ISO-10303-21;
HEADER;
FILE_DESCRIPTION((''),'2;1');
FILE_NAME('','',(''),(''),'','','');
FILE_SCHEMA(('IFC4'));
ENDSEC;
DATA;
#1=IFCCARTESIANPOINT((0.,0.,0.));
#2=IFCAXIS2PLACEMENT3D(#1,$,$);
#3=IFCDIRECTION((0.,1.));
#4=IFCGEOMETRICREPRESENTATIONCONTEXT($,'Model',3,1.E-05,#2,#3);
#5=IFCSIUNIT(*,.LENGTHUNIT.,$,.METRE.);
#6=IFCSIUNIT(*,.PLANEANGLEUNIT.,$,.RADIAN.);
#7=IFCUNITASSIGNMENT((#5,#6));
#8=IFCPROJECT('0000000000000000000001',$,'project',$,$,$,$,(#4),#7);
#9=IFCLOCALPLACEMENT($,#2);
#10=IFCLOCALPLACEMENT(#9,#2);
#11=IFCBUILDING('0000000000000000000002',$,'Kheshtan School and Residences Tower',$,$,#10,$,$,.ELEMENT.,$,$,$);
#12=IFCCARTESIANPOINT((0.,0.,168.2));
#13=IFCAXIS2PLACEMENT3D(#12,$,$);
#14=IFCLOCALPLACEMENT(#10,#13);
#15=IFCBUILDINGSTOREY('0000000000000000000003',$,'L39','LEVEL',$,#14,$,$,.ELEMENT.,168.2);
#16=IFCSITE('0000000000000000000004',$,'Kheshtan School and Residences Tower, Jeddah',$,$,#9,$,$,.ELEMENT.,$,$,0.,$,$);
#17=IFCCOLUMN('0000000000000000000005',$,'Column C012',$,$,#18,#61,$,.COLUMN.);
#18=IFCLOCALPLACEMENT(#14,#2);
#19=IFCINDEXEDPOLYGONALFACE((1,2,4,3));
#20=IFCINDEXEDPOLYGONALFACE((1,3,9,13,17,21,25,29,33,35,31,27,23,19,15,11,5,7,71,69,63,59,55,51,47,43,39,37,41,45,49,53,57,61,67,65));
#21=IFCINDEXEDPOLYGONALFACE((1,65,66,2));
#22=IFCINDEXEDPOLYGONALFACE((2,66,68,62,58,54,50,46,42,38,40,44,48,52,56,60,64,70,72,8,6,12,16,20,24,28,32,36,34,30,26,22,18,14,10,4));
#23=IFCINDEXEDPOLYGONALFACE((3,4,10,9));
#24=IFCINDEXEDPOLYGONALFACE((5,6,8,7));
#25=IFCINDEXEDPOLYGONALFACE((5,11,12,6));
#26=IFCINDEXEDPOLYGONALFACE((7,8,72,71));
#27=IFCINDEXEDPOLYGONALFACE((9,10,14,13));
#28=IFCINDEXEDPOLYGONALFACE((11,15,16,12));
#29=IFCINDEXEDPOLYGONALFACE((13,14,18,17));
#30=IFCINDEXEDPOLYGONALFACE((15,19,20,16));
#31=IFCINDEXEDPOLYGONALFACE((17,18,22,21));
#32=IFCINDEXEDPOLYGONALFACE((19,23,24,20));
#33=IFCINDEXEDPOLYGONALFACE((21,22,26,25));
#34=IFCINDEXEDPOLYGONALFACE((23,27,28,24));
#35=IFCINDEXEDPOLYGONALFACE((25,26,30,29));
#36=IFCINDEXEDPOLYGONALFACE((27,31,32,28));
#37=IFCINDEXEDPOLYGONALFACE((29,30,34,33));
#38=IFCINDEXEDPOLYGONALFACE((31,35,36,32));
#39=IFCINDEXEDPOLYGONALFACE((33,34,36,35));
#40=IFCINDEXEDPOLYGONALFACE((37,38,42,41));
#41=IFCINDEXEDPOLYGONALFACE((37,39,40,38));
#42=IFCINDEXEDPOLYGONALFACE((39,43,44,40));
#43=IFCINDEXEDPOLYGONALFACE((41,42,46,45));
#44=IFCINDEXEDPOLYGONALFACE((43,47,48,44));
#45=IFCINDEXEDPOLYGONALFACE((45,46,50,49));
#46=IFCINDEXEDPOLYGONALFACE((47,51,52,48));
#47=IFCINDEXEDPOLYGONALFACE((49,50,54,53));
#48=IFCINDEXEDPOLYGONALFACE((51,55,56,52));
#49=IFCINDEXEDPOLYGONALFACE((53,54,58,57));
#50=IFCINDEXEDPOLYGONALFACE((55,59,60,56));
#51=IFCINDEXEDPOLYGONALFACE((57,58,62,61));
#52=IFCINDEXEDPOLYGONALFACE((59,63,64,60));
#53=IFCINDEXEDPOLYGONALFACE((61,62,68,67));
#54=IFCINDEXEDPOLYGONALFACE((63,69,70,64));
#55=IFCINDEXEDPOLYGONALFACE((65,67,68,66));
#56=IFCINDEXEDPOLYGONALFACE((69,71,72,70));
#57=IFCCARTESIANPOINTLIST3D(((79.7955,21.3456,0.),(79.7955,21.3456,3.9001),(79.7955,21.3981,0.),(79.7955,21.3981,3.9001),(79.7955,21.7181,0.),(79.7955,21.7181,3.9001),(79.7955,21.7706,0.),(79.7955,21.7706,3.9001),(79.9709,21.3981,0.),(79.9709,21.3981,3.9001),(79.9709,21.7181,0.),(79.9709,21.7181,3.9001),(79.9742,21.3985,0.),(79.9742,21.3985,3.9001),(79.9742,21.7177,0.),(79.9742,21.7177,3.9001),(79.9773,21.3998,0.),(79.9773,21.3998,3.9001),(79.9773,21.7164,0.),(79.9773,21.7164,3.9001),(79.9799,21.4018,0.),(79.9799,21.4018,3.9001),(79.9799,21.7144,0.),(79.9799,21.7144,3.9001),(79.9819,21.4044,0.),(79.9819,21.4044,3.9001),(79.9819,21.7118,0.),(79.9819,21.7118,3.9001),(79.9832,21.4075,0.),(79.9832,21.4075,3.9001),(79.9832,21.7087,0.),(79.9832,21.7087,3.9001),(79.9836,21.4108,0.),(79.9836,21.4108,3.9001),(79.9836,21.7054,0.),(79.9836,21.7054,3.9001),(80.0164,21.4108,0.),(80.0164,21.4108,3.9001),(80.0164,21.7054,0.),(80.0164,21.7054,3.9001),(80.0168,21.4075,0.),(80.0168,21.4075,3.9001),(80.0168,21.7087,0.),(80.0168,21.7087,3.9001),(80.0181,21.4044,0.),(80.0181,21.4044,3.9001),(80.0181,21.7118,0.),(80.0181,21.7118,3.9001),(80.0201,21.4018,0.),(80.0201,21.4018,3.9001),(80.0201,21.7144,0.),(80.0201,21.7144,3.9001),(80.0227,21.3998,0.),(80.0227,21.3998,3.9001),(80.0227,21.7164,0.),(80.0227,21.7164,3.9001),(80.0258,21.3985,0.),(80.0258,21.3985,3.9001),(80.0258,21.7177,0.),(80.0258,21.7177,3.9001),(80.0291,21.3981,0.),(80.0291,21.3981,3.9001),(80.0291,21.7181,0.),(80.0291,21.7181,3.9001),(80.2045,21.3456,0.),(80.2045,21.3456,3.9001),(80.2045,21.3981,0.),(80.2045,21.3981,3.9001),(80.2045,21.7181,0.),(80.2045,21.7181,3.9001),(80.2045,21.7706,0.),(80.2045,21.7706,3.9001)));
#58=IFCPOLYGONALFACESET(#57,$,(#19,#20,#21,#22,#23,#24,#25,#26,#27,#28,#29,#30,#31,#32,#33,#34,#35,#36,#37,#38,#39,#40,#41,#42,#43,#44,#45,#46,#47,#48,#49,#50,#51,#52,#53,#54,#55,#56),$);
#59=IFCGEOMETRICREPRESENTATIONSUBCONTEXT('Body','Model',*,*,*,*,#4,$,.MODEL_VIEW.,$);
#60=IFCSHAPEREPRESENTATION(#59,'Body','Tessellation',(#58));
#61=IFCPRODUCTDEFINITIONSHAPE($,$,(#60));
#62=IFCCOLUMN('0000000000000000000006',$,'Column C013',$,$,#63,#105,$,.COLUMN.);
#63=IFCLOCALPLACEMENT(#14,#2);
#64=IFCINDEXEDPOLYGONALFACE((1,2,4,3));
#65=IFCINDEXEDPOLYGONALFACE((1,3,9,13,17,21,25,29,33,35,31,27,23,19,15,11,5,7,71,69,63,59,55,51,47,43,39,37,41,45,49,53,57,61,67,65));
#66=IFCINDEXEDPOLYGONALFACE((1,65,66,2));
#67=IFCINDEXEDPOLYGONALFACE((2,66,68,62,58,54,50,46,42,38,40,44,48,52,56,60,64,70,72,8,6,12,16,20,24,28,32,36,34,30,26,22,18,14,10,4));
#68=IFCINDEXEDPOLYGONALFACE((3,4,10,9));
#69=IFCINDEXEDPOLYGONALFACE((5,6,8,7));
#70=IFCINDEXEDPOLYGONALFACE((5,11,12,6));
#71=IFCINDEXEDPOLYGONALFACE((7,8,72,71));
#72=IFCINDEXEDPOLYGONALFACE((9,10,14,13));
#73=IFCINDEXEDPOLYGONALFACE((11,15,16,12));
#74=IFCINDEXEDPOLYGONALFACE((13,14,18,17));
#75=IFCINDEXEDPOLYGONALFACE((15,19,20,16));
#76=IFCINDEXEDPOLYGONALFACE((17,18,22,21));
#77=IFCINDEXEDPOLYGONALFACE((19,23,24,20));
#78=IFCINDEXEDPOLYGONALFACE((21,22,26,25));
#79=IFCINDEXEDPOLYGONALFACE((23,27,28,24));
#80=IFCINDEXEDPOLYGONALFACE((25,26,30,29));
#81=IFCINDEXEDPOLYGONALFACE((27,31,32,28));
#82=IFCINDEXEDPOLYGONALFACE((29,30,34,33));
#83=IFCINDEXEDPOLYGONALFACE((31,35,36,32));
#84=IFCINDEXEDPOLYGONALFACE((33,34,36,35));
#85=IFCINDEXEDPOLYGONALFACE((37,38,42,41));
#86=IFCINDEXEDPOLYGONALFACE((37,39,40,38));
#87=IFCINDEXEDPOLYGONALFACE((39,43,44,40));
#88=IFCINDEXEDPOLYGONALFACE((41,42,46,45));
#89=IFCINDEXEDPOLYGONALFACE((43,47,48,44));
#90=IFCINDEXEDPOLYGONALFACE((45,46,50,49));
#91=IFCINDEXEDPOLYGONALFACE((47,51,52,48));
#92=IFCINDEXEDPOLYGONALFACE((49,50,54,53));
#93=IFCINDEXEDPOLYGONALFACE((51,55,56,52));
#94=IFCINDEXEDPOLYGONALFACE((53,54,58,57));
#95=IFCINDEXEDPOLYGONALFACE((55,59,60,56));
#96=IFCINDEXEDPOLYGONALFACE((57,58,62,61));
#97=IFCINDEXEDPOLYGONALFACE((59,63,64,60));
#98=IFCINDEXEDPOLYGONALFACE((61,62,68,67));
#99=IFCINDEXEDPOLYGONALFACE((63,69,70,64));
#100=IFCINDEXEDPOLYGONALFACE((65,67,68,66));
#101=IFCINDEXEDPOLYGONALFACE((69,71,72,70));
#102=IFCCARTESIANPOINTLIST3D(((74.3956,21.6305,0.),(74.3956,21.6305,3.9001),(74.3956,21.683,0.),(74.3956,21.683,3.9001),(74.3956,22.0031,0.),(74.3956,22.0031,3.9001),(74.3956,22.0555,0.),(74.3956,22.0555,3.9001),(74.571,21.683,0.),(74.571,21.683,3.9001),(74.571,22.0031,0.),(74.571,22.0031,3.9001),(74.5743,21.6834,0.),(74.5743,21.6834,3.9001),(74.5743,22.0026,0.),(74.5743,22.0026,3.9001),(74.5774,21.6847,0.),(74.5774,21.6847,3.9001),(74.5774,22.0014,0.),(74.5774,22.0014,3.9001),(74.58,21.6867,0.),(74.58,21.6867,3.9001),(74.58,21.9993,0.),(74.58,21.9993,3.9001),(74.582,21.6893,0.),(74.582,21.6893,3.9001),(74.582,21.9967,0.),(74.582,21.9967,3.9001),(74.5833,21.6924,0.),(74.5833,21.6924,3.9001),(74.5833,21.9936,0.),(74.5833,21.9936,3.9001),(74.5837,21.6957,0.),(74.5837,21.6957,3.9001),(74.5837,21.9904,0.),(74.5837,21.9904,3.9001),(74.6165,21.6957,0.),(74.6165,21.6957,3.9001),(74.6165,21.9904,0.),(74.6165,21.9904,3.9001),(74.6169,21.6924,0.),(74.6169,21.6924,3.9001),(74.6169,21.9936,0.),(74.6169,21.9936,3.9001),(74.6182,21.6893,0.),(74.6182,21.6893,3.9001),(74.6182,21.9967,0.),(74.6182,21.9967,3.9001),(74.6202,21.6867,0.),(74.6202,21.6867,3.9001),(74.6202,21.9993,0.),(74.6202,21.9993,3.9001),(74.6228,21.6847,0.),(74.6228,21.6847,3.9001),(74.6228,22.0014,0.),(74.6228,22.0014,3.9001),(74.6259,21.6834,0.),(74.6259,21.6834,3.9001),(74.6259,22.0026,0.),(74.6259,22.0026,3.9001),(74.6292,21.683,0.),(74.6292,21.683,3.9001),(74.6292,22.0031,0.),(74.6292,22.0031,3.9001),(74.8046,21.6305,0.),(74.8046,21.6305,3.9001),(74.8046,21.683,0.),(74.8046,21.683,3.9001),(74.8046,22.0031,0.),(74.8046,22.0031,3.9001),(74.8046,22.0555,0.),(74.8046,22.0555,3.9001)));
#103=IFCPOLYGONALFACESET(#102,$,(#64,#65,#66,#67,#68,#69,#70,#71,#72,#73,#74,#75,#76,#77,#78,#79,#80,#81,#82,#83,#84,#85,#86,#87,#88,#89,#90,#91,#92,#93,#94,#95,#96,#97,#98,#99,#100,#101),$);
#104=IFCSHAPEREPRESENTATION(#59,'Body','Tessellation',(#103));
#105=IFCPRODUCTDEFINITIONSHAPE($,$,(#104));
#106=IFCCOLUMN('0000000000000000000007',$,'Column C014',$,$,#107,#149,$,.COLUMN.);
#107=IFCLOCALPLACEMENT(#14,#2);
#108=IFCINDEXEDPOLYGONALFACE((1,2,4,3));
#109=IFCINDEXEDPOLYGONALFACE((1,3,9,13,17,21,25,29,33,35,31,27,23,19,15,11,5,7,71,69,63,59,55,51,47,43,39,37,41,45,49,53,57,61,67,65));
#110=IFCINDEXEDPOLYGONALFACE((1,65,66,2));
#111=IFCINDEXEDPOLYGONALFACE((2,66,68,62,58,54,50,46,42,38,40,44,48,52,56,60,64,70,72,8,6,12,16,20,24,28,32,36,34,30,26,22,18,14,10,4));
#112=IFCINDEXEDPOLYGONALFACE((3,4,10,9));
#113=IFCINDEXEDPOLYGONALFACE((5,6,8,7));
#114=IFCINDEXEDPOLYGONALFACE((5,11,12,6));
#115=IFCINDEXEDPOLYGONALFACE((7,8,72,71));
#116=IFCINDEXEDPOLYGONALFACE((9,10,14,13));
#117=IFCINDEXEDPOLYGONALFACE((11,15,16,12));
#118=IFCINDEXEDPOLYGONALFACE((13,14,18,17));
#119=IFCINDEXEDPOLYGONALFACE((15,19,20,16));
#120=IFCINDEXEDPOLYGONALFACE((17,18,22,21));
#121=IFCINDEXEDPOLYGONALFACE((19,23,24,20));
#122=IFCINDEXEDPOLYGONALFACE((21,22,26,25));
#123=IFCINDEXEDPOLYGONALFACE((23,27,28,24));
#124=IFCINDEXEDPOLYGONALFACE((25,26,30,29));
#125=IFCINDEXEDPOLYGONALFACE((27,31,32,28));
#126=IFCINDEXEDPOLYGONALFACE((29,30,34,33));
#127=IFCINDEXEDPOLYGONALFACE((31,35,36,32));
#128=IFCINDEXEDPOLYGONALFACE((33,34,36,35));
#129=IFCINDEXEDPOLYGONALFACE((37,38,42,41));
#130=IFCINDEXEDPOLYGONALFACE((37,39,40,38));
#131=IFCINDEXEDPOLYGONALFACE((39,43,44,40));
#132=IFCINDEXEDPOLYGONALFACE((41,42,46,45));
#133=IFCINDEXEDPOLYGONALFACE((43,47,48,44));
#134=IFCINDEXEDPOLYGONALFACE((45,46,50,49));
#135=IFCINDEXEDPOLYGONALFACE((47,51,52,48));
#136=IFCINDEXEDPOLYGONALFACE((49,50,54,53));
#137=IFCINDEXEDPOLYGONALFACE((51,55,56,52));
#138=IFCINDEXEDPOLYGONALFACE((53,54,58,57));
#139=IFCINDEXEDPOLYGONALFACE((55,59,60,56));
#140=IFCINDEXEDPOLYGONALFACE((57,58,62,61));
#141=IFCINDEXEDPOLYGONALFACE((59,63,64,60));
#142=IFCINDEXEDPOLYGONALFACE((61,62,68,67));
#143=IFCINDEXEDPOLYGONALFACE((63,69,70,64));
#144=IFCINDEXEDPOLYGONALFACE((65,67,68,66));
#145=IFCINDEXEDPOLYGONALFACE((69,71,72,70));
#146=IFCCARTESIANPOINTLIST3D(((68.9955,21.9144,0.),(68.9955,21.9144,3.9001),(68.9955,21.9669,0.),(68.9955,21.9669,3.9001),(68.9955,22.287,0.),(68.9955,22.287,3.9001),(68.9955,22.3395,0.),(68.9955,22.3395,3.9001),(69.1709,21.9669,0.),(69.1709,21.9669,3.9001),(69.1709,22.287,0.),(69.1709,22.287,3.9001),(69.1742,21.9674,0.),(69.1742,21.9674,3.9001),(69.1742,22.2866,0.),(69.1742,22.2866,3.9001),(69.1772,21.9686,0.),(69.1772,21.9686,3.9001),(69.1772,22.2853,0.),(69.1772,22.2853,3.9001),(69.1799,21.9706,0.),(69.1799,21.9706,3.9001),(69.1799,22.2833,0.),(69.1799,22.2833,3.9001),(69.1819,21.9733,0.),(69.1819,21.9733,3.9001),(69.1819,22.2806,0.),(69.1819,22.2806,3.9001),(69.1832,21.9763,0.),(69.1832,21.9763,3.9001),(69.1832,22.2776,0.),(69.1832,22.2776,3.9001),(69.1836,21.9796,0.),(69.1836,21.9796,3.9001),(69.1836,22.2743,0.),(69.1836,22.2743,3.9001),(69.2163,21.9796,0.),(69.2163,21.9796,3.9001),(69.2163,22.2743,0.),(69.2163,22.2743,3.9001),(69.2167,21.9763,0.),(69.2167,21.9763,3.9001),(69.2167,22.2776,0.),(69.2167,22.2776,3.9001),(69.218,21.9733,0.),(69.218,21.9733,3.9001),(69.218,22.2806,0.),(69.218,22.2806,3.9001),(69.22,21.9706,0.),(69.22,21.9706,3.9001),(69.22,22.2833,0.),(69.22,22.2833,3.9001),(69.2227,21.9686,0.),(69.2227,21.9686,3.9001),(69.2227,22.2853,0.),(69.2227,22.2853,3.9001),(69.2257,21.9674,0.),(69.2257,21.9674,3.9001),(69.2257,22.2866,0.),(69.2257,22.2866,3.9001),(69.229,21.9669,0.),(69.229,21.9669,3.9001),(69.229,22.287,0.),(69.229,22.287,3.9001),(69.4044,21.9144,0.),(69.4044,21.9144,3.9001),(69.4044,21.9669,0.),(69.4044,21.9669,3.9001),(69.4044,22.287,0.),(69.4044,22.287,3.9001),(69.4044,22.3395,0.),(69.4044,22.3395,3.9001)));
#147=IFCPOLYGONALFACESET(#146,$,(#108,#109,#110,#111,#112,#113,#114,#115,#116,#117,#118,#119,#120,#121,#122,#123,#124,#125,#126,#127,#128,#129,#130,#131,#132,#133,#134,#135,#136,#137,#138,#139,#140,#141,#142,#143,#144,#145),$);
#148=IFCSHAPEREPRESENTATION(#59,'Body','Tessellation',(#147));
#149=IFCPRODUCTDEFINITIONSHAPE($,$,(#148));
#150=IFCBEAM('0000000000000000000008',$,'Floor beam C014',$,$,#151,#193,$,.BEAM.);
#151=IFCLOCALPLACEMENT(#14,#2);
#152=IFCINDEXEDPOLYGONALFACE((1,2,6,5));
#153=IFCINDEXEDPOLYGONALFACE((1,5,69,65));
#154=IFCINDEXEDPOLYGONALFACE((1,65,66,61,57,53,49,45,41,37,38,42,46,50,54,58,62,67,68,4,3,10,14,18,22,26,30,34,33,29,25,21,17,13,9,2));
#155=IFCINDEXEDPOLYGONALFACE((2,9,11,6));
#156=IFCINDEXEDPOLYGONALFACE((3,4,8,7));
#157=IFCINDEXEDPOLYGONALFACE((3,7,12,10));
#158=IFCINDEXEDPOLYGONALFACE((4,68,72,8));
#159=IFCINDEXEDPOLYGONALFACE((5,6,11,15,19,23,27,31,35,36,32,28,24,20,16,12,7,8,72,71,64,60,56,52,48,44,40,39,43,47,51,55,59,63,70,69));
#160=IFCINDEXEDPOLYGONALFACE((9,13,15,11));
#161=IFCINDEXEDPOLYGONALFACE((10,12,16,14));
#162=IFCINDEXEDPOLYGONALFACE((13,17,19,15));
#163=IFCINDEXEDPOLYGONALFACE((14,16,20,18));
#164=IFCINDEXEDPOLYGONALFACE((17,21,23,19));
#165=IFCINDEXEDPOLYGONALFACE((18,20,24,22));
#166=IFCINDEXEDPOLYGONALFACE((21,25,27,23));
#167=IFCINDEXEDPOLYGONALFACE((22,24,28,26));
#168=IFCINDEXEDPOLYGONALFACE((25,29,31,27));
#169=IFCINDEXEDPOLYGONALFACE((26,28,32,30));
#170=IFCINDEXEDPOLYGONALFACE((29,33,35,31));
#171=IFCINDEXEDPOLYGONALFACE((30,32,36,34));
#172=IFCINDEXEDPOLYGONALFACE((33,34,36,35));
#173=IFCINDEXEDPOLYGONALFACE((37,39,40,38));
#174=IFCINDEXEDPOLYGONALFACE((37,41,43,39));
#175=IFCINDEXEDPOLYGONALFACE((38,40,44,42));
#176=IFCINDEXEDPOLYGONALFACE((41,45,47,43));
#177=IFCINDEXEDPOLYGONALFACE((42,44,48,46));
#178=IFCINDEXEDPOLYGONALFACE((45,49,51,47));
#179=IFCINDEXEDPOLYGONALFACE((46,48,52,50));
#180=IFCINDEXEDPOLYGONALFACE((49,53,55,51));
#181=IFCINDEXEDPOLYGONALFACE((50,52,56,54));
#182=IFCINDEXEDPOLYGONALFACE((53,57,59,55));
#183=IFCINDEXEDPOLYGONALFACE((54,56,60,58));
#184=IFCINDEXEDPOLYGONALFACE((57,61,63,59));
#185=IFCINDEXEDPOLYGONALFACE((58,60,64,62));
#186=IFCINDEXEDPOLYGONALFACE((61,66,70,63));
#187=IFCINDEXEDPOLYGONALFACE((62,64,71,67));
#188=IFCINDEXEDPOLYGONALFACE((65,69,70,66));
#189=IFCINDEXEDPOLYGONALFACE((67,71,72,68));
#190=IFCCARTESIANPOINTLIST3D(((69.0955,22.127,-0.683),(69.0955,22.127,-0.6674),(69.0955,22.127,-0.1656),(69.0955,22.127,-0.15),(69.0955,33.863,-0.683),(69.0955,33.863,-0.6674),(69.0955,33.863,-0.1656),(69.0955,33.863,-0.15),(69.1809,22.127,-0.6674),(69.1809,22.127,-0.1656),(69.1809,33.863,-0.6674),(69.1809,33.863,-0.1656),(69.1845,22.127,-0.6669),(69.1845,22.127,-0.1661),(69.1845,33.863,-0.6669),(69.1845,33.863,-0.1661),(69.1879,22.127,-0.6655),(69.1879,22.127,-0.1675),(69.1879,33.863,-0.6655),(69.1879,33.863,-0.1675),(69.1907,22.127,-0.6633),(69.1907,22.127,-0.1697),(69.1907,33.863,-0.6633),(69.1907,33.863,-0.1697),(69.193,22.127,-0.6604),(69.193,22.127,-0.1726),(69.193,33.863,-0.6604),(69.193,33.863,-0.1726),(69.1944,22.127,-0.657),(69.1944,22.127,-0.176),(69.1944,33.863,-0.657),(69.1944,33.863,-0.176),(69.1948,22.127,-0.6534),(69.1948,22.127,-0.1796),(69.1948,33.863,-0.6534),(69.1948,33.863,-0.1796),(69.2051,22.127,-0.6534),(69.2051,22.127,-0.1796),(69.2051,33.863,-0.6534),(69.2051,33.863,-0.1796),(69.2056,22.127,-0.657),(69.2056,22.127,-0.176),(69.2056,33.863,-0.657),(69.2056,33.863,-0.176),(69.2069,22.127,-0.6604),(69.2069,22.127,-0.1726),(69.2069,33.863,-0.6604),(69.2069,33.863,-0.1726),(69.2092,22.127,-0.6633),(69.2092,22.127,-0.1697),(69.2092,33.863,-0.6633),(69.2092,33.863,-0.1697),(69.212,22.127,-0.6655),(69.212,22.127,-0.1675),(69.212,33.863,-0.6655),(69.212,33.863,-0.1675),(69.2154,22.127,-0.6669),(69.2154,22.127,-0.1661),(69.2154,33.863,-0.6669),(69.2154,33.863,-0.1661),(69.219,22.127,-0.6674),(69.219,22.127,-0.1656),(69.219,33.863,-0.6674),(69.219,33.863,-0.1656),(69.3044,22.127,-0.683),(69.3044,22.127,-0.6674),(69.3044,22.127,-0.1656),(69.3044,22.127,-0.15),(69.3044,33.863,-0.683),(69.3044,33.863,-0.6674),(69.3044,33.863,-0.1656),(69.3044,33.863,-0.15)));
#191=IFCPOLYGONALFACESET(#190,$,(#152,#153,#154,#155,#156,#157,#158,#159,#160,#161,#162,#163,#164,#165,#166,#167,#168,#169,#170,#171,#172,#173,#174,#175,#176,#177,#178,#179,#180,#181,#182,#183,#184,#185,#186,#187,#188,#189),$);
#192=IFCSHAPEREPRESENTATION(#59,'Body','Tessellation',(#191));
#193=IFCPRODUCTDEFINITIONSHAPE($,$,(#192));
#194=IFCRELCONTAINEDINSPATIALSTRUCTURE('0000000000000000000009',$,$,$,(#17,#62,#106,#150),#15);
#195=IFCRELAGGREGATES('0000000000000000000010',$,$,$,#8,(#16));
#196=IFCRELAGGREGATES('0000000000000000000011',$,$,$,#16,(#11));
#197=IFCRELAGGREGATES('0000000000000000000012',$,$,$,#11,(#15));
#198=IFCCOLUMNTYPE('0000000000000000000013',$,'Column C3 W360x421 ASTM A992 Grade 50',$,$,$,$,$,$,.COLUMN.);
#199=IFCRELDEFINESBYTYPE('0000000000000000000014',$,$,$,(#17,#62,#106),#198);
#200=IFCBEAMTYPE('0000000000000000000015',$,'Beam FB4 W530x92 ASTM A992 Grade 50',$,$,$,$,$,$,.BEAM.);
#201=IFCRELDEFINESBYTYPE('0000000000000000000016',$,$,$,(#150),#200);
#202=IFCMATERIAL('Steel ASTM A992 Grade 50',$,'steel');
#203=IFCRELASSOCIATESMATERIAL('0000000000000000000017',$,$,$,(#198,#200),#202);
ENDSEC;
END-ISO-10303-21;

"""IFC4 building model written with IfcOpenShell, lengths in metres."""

from ifc_helpers import new_model, si_unit, direction, frame, origin, origin_2d, place, context, subcontext, project, spatial, i_section, extrude, material, material_profile, profile_set, type_object, element, save


model = new_model("IFC4")

# Units and contexts
model_context = context("Model", 3, precision=1e-05, world=origin(), true_north=direction((0.0, 1.0)))
body_context = subcontext(model_context, "Body", "Model", "MODEL_VIEW")
ifc_project = project(units=[si_unit("LENGTHUNIT", "METRE"), si_unit("PLANEANGLEUNIT", "RADIAN")], contexts=[model_context])

# Site, building, storey
site_placement = place(None, origin())
site = spatial("IfcSite", under=ifc_project, at=site_placement, Name="Kheshtan School and Residences Tower, Jeddah", CompositionType="ELEMENT", RefElevation=0.0)
building_placement = place(site_placement, origin())
building = spatial("IfcBuilding", under=site, at=building_placement, Name="Kheshtan School and Residences Tower", CompositionType="ELEMENT")
storey_placement = place(building_placement, frame((0.0, 0.0, 168.2)))
storey = spatial("IfcBuildingStorey", under=building, at=storey_placement, Name="L39", Description="LEVEL", CompositionType="ELEMENT", Elevation=168.2)

# Columns
ifc_material_1 = material(Name="Steel ASTM A992 Grade 50", Category="steel")
ifc_material_profile_1 = material_profile(ifc_material_1, i_section(OverallWidth=0.4089, OverallDepth=0.425, WebThickness=0.0327, FlangeThickness=0.0525, FilletRadius=0.0127, at=origin_2d()), Name="W360x421")
ifc_profile_set_1 = profile_set([ifc_material_profile_1], Name="Steel ASTM A992 Grade 50")
column_type = type_object("IfcColumnType", Name="Column C3 W360x421 ASTM A992 Grade 50", PredefinedType="COLUMN", material=ifc_profile_set_1)
for number, where, z_axis, x_axis, name in (
    (1, (80.0, 21.5581, 0.0), (0.0, 0.0, 1.0), (1.0, 0.0, 0.0), "Column C012"),
    (2, (74.6001, 21.843, 0.0), (0.0, 0.0, 1.0), (1.0, 0.0, 0.0), "Column C013"),
    (3, (69.2, 22.127, 0.0), (0.0, 0.0, 1.0), (1.0, 0.0, 0.0), "Column C014"),
):
    element("IfcColumn", number, at=place(storey_placement, frame(where, z_axis=z_axis, x_axis=x_axis)), inside=storey, type_object=column_type, Name=name, PredefinedType="COLUMN", context=body_context, shape_type="SweptSolid", body=[
        extrude(i_section(OverallWidth=0.4089, OverallDepth=0.425, WebThickness=0.0327, FlangeThickness=0.0525, FilletRadius=0.0127, at=origin_2d()), origin(), (0.0, 0.0, 1.0), 3.9001),
    ])

# Beam
ifc_material_profile_2 = material_profile(ifc_material_1, i_section(OverallWidth=0.209, OverallDepth=0.533, WebThickness=0.0103, FlangeThickness=0.0156, FilletRadius=0.0139, at=origin_2d()), Name="W530x92")
ifc_profile_set_2 = profile_set([ifc_material_profile_2], Name="Steel ASTM A992 Grade 50")
beam_type_1 = type_object("IfcBeamType", Name="Beam FB4 W530x92 ASTM A992 Grade 50", PredefinedType="BEAM", material=ifc_profile_set_2)
beam_1_placement = place(storey_placement, frame((69.2, 22.127, -0.4165), z_axis=(0.0, 1.0, 0.0), x_axis=(-1.0, 0.0, 0.0)))
element("IfcBeam", 4, at=beam_1_placement, inside=storey, type_object=beam_type_1, Name="Floor beam C014", PredefinedType="BEAM", context=body_context, shape_type="SweptSolid", body=[
    extrude(i_section(OverallWidth=0.209, OverallDepth=0.533, WebThickness=0.0103, FlangeThickness=0.0156, FilletRadius=0.0139, at=origin_2d()), origin(), (0.0, 0.0, 1.0), 11.7361),
])

save(model, "model.ifc")
